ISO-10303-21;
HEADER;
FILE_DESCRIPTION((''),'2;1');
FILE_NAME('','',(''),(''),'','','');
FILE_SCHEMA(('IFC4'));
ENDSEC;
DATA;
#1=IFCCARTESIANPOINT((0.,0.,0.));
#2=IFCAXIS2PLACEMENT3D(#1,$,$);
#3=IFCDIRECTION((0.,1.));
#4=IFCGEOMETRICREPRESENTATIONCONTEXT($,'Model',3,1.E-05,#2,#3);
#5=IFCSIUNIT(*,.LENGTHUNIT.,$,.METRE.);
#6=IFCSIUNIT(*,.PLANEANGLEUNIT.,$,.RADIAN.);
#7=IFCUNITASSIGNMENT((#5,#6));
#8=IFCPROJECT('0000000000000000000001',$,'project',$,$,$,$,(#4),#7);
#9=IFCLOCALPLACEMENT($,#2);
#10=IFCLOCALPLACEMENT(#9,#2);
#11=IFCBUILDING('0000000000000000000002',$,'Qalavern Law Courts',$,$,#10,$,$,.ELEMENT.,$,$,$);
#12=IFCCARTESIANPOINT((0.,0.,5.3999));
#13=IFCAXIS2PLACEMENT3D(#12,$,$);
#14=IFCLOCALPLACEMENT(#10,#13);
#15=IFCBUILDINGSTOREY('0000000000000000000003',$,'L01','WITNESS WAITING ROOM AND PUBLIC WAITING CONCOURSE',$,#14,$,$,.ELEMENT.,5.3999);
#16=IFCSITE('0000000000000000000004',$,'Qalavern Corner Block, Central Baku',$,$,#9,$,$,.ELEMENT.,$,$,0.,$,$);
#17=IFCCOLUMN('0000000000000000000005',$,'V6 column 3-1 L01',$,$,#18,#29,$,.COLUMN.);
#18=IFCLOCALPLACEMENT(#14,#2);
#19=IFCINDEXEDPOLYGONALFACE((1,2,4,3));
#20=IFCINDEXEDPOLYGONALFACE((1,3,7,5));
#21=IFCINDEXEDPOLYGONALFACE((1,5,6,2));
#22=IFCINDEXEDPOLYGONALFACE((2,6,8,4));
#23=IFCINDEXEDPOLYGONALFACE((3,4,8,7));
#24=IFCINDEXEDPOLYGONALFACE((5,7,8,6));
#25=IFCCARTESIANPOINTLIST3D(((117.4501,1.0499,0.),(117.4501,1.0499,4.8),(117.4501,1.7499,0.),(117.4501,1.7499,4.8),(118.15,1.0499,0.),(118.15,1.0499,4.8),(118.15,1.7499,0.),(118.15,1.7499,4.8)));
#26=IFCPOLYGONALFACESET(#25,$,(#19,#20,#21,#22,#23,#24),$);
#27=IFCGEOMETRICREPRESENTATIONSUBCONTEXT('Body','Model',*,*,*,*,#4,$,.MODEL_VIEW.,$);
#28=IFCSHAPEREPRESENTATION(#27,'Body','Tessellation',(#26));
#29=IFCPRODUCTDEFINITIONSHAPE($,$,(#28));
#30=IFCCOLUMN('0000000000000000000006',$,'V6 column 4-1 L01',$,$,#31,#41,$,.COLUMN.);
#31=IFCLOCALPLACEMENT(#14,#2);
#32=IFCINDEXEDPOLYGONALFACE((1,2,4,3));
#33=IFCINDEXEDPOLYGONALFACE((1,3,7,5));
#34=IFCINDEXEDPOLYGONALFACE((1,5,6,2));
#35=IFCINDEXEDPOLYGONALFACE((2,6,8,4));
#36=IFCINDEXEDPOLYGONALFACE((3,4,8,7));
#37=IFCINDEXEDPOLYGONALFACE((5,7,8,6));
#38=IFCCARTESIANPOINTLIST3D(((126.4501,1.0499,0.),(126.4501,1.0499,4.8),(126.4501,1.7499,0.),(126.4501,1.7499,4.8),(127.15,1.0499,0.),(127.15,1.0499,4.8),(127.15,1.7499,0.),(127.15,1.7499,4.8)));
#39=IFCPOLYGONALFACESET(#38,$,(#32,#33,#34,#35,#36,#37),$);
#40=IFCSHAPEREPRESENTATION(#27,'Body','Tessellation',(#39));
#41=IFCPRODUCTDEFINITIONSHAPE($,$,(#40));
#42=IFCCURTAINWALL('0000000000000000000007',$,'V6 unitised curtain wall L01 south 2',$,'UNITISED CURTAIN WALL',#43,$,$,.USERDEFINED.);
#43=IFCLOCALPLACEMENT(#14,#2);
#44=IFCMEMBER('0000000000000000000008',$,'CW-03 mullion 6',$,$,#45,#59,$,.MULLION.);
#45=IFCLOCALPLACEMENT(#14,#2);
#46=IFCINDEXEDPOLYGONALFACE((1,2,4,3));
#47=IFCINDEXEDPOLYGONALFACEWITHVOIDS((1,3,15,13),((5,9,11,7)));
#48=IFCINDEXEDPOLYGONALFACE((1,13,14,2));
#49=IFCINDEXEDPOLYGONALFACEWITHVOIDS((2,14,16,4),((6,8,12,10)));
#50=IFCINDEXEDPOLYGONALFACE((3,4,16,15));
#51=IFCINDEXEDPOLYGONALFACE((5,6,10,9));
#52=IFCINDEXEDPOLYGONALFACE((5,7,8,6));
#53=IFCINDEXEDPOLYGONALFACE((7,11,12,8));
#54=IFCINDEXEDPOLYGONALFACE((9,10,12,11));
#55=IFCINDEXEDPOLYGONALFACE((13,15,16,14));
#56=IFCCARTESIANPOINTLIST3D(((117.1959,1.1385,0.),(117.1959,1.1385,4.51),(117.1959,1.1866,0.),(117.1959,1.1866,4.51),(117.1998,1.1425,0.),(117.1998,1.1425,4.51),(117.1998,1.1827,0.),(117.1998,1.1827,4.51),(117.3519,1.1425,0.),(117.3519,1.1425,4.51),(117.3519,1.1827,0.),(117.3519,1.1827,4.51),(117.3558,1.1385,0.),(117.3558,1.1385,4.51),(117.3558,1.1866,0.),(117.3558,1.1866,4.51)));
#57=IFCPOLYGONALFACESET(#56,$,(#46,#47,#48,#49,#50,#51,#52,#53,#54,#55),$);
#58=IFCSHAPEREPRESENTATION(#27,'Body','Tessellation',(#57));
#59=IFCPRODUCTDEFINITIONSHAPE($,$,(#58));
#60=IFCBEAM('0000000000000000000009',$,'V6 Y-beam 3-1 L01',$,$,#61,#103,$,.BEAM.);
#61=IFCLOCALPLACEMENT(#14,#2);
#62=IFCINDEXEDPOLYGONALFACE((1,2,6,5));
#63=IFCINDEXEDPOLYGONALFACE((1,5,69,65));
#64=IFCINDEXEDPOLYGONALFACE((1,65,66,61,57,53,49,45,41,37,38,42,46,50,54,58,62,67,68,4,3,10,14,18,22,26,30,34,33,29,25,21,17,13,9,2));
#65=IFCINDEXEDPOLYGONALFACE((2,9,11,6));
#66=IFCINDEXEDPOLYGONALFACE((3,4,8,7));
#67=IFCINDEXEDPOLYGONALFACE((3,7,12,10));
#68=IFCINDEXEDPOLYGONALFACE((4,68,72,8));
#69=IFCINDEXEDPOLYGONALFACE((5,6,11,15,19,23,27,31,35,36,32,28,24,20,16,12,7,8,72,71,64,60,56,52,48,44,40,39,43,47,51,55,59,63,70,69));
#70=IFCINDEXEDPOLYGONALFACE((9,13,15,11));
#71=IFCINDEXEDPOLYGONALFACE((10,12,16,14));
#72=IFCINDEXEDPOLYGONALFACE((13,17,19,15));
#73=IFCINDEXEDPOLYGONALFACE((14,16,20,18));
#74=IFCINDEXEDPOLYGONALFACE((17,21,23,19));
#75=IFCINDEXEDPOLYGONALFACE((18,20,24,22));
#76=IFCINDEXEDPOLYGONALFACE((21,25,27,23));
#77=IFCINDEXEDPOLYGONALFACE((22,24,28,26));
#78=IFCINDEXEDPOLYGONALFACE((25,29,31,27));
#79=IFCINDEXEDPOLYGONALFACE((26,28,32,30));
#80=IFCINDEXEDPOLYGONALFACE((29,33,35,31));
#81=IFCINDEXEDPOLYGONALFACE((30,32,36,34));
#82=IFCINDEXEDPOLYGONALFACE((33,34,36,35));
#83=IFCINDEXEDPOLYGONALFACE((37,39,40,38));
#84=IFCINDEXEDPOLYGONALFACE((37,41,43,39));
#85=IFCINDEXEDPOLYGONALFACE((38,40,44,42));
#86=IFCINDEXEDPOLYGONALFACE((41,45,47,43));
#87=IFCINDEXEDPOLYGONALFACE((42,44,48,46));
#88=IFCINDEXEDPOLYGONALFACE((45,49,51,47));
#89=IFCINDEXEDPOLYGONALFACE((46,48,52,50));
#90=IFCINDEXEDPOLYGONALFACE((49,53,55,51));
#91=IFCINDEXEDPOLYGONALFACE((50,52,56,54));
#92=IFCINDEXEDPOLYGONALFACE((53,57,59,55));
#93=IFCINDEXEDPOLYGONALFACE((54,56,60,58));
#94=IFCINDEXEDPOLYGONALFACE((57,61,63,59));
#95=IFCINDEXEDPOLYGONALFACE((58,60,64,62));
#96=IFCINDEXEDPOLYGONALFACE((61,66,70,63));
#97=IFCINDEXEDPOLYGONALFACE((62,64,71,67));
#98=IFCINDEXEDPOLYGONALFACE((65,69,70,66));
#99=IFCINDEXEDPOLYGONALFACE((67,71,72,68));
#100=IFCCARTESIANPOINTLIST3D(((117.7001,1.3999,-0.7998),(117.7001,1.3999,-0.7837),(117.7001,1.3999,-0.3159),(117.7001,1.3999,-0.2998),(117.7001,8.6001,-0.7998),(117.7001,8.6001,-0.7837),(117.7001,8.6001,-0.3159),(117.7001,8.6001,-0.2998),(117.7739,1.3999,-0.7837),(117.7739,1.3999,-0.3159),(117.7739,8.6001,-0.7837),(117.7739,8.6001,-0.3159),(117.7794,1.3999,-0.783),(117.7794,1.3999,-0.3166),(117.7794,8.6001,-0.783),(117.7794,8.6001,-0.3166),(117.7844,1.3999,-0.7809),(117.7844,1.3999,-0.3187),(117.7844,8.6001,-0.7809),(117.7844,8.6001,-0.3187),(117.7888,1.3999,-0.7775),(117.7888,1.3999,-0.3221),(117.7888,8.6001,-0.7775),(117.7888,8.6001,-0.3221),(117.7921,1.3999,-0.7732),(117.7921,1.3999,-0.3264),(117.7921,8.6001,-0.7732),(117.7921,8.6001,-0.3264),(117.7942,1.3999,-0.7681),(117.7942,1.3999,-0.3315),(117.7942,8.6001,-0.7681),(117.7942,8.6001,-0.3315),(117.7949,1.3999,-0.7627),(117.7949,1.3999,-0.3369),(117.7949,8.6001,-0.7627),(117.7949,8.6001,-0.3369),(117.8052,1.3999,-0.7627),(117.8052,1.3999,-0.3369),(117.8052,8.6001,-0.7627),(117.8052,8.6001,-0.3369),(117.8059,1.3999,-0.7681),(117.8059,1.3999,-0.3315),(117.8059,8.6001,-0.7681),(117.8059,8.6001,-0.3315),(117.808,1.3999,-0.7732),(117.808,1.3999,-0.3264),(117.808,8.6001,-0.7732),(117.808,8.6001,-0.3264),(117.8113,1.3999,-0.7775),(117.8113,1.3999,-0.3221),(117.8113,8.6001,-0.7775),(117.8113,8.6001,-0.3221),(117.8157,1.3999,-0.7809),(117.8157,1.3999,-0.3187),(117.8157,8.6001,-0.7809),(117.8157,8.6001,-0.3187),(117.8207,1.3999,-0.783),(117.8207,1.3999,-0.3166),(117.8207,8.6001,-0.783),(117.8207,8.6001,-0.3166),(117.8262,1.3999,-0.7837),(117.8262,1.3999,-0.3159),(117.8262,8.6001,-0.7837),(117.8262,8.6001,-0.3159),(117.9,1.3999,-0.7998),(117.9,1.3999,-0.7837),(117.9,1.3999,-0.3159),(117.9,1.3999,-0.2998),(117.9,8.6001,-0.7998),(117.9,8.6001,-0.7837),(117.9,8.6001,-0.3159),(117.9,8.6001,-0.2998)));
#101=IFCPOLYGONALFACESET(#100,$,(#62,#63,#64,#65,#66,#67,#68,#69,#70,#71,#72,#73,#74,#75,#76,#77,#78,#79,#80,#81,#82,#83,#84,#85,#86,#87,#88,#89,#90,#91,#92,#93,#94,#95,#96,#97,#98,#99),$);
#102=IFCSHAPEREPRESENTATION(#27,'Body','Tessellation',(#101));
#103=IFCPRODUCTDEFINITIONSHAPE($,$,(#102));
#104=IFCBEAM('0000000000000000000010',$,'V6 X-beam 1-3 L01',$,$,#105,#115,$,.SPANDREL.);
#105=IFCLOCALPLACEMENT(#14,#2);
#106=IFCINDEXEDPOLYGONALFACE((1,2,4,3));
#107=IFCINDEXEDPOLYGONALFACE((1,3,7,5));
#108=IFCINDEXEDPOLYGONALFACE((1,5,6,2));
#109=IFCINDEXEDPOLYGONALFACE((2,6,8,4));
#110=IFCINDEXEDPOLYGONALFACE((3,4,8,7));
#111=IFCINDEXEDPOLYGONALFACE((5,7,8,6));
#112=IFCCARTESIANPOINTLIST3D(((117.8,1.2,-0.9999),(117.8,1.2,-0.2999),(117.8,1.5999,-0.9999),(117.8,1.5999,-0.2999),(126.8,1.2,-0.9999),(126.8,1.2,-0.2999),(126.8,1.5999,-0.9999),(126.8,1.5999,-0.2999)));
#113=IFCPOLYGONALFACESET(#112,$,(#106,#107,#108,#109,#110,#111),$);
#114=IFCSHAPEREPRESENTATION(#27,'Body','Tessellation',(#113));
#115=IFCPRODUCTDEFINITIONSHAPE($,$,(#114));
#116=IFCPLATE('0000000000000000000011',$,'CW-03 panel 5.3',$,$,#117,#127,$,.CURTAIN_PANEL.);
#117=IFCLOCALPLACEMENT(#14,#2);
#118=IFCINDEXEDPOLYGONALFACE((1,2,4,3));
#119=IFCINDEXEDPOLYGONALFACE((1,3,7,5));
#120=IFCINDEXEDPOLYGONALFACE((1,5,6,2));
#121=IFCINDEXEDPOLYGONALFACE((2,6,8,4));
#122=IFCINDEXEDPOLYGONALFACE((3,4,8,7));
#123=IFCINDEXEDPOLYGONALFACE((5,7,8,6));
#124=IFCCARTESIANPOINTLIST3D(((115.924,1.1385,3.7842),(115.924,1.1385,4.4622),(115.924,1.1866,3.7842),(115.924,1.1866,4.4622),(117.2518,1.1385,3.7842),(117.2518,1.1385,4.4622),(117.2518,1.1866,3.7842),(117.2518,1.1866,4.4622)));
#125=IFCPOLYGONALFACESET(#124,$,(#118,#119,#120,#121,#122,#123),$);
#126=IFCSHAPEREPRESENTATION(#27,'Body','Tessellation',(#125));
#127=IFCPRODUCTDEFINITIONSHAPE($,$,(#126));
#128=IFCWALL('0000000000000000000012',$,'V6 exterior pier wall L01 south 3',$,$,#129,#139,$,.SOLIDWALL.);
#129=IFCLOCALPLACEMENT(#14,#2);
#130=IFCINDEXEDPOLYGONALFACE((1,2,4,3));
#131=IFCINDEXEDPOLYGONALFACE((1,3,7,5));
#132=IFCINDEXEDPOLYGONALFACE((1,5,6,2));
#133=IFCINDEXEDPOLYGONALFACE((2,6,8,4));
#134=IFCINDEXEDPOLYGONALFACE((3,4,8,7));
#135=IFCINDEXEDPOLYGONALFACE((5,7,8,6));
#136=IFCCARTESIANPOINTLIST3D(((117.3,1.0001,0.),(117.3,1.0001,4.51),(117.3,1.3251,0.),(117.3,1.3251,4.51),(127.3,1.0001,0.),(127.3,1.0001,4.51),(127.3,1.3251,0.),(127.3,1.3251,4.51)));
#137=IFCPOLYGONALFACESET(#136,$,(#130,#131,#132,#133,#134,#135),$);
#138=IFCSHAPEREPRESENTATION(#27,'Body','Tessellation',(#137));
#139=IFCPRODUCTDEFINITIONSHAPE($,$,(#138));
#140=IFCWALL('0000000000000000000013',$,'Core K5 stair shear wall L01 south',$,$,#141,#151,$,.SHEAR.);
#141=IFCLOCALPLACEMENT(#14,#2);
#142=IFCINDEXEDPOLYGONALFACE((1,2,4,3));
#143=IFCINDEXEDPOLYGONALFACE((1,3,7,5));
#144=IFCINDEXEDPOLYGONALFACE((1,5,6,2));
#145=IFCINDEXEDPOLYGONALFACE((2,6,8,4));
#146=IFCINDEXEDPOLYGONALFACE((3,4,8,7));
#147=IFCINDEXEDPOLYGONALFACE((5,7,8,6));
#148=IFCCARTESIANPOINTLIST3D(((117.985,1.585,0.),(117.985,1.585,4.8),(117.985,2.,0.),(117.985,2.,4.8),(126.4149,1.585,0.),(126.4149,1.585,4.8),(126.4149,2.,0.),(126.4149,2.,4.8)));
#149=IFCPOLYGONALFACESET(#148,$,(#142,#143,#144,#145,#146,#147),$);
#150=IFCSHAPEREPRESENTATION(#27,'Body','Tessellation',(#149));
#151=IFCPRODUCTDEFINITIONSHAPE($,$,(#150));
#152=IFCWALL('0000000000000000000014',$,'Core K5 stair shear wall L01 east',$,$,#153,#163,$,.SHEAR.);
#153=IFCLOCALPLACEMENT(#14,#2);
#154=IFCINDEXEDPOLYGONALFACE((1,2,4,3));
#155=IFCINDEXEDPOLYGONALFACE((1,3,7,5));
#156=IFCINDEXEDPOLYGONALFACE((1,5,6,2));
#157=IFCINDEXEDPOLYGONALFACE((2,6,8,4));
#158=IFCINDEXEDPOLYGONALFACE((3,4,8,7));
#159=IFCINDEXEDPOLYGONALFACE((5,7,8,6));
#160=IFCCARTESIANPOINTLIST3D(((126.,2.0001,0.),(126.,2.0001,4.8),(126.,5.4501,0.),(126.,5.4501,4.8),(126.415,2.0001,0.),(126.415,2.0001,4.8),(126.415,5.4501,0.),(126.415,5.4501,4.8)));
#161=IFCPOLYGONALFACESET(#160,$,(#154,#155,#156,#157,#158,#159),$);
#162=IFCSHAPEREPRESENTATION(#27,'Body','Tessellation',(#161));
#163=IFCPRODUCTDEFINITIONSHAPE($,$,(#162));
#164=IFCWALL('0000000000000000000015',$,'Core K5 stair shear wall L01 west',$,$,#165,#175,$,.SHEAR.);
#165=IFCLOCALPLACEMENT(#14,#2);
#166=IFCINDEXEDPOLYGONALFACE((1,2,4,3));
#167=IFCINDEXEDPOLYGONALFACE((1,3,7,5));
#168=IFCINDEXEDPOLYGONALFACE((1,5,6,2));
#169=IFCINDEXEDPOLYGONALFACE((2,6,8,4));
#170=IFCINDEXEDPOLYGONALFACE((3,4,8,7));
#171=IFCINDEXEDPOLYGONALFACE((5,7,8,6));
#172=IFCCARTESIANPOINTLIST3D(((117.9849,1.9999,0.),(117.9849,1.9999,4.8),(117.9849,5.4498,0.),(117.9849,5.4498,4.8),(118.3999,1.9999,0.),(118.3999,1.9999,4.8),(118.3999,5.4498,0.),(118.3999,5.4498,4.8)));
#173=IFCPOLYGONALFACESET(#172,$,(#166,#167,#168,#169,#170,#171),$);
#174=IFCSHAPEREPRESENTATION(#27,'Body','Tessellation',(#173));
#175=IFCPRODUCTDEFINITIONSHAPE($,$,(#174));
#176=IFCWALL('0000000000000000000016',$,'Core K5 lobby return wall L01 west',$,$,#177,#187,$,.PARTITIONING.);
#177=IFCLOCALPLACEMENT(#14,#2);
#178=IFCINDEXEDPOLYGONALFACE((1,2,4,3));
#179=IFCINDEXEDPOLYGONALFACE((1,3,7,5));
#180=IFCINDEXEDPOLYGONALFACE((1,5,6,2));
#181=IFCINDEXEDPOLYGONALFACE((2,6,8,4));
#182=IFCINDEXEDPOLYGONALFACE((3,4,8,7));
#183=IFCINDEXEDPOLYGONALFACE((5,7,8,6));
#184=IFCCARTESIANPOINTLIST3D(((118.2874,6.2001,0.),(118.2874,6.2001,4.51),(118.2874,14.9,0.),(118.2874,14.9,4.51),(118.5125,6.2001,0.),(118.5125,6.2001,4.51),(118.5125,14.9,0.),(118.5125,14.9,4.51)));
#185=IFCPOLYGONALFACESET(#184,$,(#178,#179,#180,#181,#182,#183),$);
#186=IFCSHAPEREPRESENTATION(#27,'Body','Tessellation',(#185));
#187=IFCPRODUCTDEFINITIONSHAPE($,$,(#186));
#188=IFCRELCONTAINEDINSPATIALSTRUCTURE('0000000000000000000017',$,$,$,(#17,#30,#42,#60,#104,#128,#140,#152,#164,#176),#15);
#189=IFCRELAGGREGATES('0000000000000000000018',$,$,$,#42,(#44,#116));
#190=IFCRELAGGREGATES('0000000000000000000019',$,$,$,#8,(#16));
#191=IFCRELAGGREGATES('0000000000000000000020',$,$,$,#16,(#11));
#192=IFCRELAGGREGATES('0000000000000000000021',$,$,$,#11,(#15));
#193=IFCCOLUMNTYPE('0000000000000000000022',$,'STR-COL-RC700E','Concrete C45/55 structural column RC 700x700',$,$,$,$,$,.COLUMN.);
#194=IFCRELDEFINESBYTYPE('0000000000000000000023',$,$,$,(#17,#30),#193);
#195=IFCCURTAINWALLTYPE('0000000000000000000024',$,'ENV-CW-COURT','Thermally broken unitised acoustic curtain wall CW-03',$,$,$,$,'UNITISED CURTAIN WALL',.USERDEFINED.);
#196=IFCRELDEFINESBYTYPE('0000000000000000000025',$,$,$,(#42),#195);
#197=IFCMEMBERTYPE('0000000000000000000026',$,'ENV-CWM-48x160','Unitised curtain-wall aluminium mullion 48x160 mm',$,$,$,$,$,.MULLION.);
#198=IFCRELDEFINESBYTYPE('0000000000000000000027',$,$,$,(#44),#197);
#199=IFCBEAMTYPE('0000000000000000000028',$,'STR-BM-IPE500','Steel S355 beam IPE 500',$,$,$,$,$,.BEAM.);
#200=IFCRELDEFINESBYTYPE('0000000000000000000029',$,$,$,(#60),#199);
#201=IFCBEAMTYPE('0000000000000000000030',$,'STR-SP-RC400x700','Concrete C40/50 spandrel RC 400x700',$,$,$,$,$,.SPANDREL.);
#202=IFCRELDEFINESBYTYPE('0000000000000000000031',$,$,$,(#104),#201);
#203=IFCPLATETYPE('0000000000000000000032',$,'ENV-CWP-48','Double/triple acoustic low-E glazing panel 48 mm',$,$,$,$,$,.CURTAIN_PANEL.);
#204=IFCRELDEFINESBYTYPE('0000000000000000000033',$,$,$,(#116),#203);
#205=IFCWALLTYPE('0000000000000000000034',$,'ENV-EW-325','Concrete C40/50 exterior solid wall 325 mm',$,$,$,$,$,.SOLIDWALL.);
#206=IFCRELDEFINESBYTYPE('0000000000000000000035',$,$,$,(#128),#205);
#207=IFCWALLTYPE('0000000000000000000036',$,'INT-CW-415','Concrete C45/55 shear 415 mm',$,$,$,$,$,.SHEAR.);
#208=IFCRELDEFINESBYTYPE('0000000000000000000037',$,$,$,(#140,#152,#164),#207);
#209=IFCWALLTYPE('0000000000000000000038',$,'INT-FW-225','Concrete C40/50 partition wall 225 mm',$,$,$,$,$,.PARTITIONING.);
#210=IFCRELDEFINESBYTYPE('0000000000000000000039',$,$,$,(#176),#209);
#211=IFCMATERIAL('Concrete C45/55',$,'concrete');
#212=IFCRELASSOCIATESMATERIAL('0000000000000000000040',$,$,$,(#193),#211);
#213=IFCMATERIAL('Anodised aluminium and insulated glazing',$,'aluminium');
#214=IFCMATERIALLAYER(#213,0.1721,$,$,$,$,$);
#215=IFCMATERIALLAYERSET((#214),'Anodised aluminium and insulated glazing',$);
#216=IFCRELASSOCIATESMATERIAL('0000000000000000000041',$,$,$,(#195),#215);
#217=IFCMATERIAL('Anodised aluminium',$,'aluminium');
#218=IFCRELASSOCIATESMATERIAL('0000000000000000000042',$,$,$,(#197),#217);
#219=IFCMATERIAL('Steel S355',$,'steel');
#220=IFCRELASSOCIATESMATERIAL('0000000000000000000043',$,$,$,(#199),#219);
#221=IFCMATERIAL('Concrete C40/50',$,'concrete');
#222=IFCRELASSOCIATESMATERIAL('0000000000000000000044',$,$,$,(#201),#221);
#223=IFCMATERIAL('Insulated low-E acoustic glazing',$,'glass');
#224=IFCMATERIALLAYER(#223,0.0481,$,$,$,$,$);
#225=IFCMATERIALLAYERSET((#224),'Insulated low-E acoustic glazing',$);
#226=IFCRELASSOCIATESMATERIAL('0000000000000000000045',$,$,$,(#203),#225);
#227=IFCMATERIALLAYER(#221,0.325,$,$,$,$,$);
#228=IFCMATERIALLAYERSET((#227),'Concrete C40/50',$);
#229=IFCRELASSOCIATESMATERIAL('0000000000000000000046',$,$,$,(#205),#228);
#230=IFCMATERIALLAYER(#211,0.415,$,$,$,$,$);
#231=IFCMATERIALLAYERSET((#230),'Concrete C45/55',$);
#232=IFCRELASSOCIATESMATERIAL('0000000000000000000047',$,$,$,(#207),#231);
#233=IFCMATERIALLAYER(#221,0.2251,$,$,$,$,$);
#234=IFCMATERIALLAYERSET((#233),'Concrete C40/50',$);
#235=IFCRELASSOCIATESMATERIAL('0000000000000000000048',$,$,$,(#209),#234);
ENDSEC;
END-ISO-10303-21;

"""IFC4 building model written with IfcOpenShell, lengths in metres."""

from ifc_helpers import new_model, si_unit, direction, frame, frame_2d, origin, origin_2d, place, context, subcontext, project, spatial, rectangle, hollow_rectangle, i_section, extrude, material, layer, layer_set, material_profile, profile_set, type_object, element, aggregate, save


model = new_model("IFC4")

# Units and contexts
model_context = context("Model", 3, precision=1e-05, world=origin(), true_north=direction((0.0, 1.0)))
body_context = subcontext(model_context, "Body", "Model", "MODEL_VIEW")
ifc_project = project(units=[si_unit("LENGTHUNIT", "METRE"), si_unit("PLANEANGLEUNIT", "RADIAN")], contexts=[model_context])

# Site, building, storey
site_placement = place(None, origin())
site = spatial("IfcSite", under=ifc_project, at=site_placement, Name="Qalavern Corner Block, Central Baku", CompositionType="ELEMENT", RefElevation=0.0)
building_placement = place(site_placement, origin())
building = spatial("IfcBuilding", under=site, at=building_placement, Name="Qalavern Law Courts", CompositionType="ELEMENT")
storey_placement = place(building_placement, frame((0.0, 0.0, 5.3999)))
storey = spatial("IfcBuildingStorey", under=building, at=storey_placement, Name="L01", Description="WITNESS WAITING ROOM AND PUBLIC WAITING CONCOURSE", CompositionType="ELEMENT", Elevation=5.3999)

# Columns
ifc_material_1 = material(Name="Concrete C45/55", Category="concrete")
ifc_material_profile_1 = material_profile(ifc_material_1, rectangle(XDim=0.7, YDim=0.7, at=origin_2d()), Name="RC 700x700")
ifc_profile_set_1 = profile_set([ifc_material_profile_1], Name="Concrete C45/55")
column_type = type_object("IfcColumnType", Name="STR-COL-RC700E", Description="Concrete C45/55 structural column RC 700x700", PredefinedType="COLUMN", material=ifc_profile_set_1)
for number, where, z_axis, x_axis, name in (
    (1, (117.8, 1.3999, 0.0), (0.0, 0.0, 1.0), (1.0, 0.0, 0.0), "V6 column 3-1 L01"),
    (2, (126.8, 1.3999, 0.0), (0.0, 0.0, 1.0), (1.0, 0.0, 0.0), "V6 column 4-1 L01"),
):
    element("IfcColumn", number, at=place(storey_placement, frame(where, z_axis=z_axis, x_axis=x_axis)), inside=storey, type_object=column_type, Name=name, PredefinedType="COLUMN", context=body_context, shape_type="SweptSolid", body=[
        extrude(rectangle(XDim=0.7, YDim=0.7, at=origin_2d()), origin(), (0.0, 0.0, 1.0), 4.8),
    ])

# Curtain wall, member
ifc_material_2 = material(Name="Anodised aluminium and insulated glazing", Category="aluminium")
ifc_layer_1 = layer(ifc_material_2, 0.1721)
ifc_layer_set_1 = layer_set([ifc_layer_1], Name="Anodised aluminium and insulated glazing")
curtain_wall_type = type_object("IfcCurtainWallType", Name="ENV-CW-COURT", Description="Thermally broken unitised acoustic curtain wall CW-03", ElementType="UNITISED CURTAIN WALL", PredefinedType="USERDEFINED", material=ifc_layer_set_1)
curtain_wall_placement = place(storey_placement, origin())
curtain_wall = element("IfcCurtainWall", 3, at=curtain_wall_placement, inside=storey, type_object=curtain_wall_type, Name="V6 unitised curtain wall L01 south 2", ObjectType="UNITISED CURTAIN WALL", PredefinedType="USERDEFINED")
ifc_material_3 = material(Name="Anodised aluminium", Category="aluminium")
ifc_material_profile_2 = material_profile(ifc_material_3, hollow_rectangle(XDim=0.0481, YDim=0.1599, WallThickness=0.0039, at=origin_2d()), Name="ALU MULLION 48x160")
ifc_profile_set_2 = profile_set([ifc_material_profile_2], Name="Anodised aluminium")
member_type = type_object("IfcMemberType", Name="ENV-CWM-48x160", Description="Unitised curtain-wall aluminium mullion 48x160 mm", PredefinedType="MULLION", material=ifc_profile_set_2)
member_placement = place(storey_placement, frame((117.2759, 1.1626, 0.0), z_axis=(0.0, 0.0, 1.0), x_axis=(0.0, 1.0, 0.0)))
member = element("IfcMember", 4, at=member_placement, type_object=member_type, Name="CW-03 mullion 6", PredefinedType="MULLION", context=body_context, shape_type="SweptSolid", body=[
    extrude(hollow_rectangle(XDim=0.0481, YDim=0.1599, WallThickness=0.0039, at=origin_2d()), origin(), (0.0, 0.0, 1.0), 4.51),
])

# Beams
ifc_material_4 = material(Name="Steel S355", Category="steel")
ifc_material_profile_3 = material_profile(ifc_material_4, i_section(OverallWidth=0.2, OverallDepth=0.5, WebThickness=0.0103, FlangeThickness=0.0161, FilletRadius=0.021, at=origin_2d()), Name="IPE 500")
ifc_profile_set_3 = profile_set([ifc_material_profile_3], Name="Steel S355")
beam_type_1 = type_object("IfcBeamType", Name="STR-BM-IPE500", Description="Steel S355 beam IPE 500", PredefinedType="BEAM", material=ifc_profile_set_3)
beam_1_placement = place(storey_placement, frame((117.8, 1.3999, -0.5498), z_axis=(0.0, 1.0, 0.0), x_axis=(-1.0, 0.0, 0.0)))
element("IfcBeam", 5, at=beam_1_placement, inside=storey, type_object=beam_type_1, Name="V6 Y-beam 3-1 L01", PredefinedType="BEAM", context=body_context, shape_type="SweptSolid", body=[
    extrude(i_section(OverallWidth=0.2, OverallDepth=0.5, WebThickness=0.0103, FlangeThickness=0.0161, FilletRadius=0.021, at=origin_2d()), origin(), (0.0, 0.0, 1.0), 7.2002),
])
ifc_material_5 = material(Name="Concrete C40/50", Category="concrete")
ifc_material_profile_4 = material_profile(ifc_material_5, rectangle(XDim=0.3999, YDim=0.7, at=origin_2d()), Name="RC 400x700")
ifc_profile_set_4 = profile_set([ifc_material_profile_4], Name="Concrete C40/50")
beam_type_2 = type_object("IfcBeamType", Name="STR-SP-RC400x700", Description="Concrete C40/50 spandrel RC 400x700", PredefinedType="SPANDREL", material=ifc_profile_set_4)
beam_2_placement = place(storey_placement, frame((117.8, 1.3999, -0.6499), z_axis=(1.0, 0.0, 0.0), x_axis=(0.0, 1.0, 0.0)))
element("IfcBeam", 6, at=beam_2_placement, inside=storey, type_object=beam_type_2, Name="V6 X-beam 1-3 L01", PredefinedType="SPANDREL", context=body_context, shape_type="SweptSolid", body=[
    extrude(rectangle(XDim=0.3999, YDim=0.7, at=origin_2d()), origin(), (0.0, 0.0, 1.0), 9.0),
])

# Plate
ifc_material_6 = material(Name="Insulated low-E acoustic glazing", Category="glass")
ifc_layer_2 = layer(ifc_material_6, 0.0481)
ifc_layer_set_2 = layer_set([ifc_layer_2], Name="Insulated low-E acoustic glazing")
plate_type = type_object("IfcPlateType", Name="ENV-CWP-48", Description="Double/triple acoustic low-E glazing panel 48 mm", PredefinedType="CURTAIN_PANEL", material=ifc_layer_set_2)
plate_placement = place(storey_placement, frame((116.5879, 1.1626, 3.7842), z_axis=(0.0, 0.0, 1.0), x_axis=(1.0, 0.0, 0.0)))
plate = element("IfcPlate", 7, at=plate_placement, type_object=plate_type, Name="CW-03 panel 5.3", PredefinedType="CURTAIN_PANEL", context=body_context, shape_type="SweptSolid", body=[
    extrude(rectangle(XDim=1.3279, YDim=0.0481, at=origin_2d()), origin(), (0.0, 0.0, 1.0), 0.678),
])
aggregate(curtain_wall, [member, plate])

# Walls
ifc_layer_3 = layer(ifc_material_5, 0.325)
ifc_layer_set_3 = layer_set([ifc_layer_3], Name="Concrete C40/50")
wall_type_1 = type_object("IfcWallType", Name="ENV-EW-325", Description="Concrete C40/50 exterior solid wall 325 mm", PredefinedType="SOLIDWALL", material=ifc_layer_set_3)
wall_1_placement = place(storey_placement, frame((117.3, 1.1626, 0.0), z_axis=(0.0, 0.0, 1.0), x_axis=(1.0, 0.0, 0.0)))
element("IfcWall", 8, at=wall_1_placement, inside=storey, type_object=wall_type_1, Name="V6 exterior pier wall L01 south 3", PredefinedType="SOLIDWALL", context=body_context, shape_type="SweptSolid", body=[
    extrude(rectangle(XDim=10.0, YDim=0.325, at=frame_2d((5.0, 0.0))), origin(), (0.0, 0.0, 1.0), 4.51),
])
ifc_layer_4 = layer(ifc_material_1, 0.415)
ifc_layer_set_4 = layer_set([ifc_layer_4], Name="Concrete C45/55")
wall_type_2 = type_object("IfcWallType", Name="INT-CW-415", Description="Concrete C45/55 shear 415 mm", PredefinedType="SHEAR", material=ifc_layer_set_4)
wall_2_placement = place(storey_placement, frame((117.9851, 1.7925, 0.0), z_axis=(0.0, 0.0, 1.0), x_axis=(1.0, 0.0, 0.0)))
element("IfcWall", 9, at=wall_2_placement, inside=storey, type_object=wall_type_2, Name="Core K5 stair shear wall L01 south", PredefinedType="SHEAR", context=body_context, shape_type="SweptSolid", body=[
    extrude(rectangle(XDim=8.4299, YDim=0.415, at=frame_2d((4.2148, 0.0))), origin(), (0.0, 0.0, 1.0), 4.8),
])
wall_3_placement = place(storey_placement, frame((126.2075, 2.0, 0.0), z_axis=(0.0, 0.0, 1.0), x_axis=(0.0, 1.0, 0.0)))
element("IfcWall", 10, at=wall_3_placement, inside=storey, type_object=wall_type_2, Name="Core K5 stair shear wall L01 east", PredefinedType="SHEAR", context=body_context, shape_type="SweptSolid", body=[
    extrude(rectangle(XDim=3.45, YDim=0.415, at=frame_2d((1.7251, 0.0))), origin(), (0.0, 0.0, 1.0), 4.8),
])

# Walls
wall_4_placement = place(storey_placement, frame((118.1924, 5.45, 0.0), z_axis=(0.0, 0.0, 1.0), x_axis=(0.0, -1.0, 0.0)))
element("IfcWall", 11, at=wall_4_placement, inside=storey, type_object=wall_type_2, Name="Core K5 stair shear wall L01 west", PredefinedType="SHEAR", context=body_context, shape_type="SweptSolid", body=[
    extrude(rectangle(XDim=3.45, YDim=0.415, at=frame_2d((1.7251, 0.0))), origin(), (0.0, 0.0, 1.0), 4.8),
])
ifc_layer_5 = layer(ifc_material_5, 0.2251)
ifc_layer_set_5 = layer_set([ifc_layer_5], Name="Concrete C40/50")
wall_type_3 = type_object("IfcWallType", Name="INT-FW-225", Description="Concrete C40/50 partition wall 225 mm", PredefinedType="PARTITIONING", material=ifc_layer_set_5)
wall_5_placement = place(storey_placement, frame((118.3999, 6.2, 0.0), z_axis=(0.0, 0.0, 1.0), x_axis=(0.0, 1.0, 0.0)))
element("IfcWall", 12, at=wall_5_placement, inside=storey, type_object=wall_type_3, Name="Core K5 lobby return wall L01 west", PredefinedType="PARTITIONING", context=body_context, shape_type="SweptSolid", body=[
    extrude(rectangle(XDim=8.7, YDim=0.2251, at=frame_2d((4.3501, 0.0))), origin(), (0.0, 0.0, 1.0), 4.51),
])

save(model, "model.ifc")
